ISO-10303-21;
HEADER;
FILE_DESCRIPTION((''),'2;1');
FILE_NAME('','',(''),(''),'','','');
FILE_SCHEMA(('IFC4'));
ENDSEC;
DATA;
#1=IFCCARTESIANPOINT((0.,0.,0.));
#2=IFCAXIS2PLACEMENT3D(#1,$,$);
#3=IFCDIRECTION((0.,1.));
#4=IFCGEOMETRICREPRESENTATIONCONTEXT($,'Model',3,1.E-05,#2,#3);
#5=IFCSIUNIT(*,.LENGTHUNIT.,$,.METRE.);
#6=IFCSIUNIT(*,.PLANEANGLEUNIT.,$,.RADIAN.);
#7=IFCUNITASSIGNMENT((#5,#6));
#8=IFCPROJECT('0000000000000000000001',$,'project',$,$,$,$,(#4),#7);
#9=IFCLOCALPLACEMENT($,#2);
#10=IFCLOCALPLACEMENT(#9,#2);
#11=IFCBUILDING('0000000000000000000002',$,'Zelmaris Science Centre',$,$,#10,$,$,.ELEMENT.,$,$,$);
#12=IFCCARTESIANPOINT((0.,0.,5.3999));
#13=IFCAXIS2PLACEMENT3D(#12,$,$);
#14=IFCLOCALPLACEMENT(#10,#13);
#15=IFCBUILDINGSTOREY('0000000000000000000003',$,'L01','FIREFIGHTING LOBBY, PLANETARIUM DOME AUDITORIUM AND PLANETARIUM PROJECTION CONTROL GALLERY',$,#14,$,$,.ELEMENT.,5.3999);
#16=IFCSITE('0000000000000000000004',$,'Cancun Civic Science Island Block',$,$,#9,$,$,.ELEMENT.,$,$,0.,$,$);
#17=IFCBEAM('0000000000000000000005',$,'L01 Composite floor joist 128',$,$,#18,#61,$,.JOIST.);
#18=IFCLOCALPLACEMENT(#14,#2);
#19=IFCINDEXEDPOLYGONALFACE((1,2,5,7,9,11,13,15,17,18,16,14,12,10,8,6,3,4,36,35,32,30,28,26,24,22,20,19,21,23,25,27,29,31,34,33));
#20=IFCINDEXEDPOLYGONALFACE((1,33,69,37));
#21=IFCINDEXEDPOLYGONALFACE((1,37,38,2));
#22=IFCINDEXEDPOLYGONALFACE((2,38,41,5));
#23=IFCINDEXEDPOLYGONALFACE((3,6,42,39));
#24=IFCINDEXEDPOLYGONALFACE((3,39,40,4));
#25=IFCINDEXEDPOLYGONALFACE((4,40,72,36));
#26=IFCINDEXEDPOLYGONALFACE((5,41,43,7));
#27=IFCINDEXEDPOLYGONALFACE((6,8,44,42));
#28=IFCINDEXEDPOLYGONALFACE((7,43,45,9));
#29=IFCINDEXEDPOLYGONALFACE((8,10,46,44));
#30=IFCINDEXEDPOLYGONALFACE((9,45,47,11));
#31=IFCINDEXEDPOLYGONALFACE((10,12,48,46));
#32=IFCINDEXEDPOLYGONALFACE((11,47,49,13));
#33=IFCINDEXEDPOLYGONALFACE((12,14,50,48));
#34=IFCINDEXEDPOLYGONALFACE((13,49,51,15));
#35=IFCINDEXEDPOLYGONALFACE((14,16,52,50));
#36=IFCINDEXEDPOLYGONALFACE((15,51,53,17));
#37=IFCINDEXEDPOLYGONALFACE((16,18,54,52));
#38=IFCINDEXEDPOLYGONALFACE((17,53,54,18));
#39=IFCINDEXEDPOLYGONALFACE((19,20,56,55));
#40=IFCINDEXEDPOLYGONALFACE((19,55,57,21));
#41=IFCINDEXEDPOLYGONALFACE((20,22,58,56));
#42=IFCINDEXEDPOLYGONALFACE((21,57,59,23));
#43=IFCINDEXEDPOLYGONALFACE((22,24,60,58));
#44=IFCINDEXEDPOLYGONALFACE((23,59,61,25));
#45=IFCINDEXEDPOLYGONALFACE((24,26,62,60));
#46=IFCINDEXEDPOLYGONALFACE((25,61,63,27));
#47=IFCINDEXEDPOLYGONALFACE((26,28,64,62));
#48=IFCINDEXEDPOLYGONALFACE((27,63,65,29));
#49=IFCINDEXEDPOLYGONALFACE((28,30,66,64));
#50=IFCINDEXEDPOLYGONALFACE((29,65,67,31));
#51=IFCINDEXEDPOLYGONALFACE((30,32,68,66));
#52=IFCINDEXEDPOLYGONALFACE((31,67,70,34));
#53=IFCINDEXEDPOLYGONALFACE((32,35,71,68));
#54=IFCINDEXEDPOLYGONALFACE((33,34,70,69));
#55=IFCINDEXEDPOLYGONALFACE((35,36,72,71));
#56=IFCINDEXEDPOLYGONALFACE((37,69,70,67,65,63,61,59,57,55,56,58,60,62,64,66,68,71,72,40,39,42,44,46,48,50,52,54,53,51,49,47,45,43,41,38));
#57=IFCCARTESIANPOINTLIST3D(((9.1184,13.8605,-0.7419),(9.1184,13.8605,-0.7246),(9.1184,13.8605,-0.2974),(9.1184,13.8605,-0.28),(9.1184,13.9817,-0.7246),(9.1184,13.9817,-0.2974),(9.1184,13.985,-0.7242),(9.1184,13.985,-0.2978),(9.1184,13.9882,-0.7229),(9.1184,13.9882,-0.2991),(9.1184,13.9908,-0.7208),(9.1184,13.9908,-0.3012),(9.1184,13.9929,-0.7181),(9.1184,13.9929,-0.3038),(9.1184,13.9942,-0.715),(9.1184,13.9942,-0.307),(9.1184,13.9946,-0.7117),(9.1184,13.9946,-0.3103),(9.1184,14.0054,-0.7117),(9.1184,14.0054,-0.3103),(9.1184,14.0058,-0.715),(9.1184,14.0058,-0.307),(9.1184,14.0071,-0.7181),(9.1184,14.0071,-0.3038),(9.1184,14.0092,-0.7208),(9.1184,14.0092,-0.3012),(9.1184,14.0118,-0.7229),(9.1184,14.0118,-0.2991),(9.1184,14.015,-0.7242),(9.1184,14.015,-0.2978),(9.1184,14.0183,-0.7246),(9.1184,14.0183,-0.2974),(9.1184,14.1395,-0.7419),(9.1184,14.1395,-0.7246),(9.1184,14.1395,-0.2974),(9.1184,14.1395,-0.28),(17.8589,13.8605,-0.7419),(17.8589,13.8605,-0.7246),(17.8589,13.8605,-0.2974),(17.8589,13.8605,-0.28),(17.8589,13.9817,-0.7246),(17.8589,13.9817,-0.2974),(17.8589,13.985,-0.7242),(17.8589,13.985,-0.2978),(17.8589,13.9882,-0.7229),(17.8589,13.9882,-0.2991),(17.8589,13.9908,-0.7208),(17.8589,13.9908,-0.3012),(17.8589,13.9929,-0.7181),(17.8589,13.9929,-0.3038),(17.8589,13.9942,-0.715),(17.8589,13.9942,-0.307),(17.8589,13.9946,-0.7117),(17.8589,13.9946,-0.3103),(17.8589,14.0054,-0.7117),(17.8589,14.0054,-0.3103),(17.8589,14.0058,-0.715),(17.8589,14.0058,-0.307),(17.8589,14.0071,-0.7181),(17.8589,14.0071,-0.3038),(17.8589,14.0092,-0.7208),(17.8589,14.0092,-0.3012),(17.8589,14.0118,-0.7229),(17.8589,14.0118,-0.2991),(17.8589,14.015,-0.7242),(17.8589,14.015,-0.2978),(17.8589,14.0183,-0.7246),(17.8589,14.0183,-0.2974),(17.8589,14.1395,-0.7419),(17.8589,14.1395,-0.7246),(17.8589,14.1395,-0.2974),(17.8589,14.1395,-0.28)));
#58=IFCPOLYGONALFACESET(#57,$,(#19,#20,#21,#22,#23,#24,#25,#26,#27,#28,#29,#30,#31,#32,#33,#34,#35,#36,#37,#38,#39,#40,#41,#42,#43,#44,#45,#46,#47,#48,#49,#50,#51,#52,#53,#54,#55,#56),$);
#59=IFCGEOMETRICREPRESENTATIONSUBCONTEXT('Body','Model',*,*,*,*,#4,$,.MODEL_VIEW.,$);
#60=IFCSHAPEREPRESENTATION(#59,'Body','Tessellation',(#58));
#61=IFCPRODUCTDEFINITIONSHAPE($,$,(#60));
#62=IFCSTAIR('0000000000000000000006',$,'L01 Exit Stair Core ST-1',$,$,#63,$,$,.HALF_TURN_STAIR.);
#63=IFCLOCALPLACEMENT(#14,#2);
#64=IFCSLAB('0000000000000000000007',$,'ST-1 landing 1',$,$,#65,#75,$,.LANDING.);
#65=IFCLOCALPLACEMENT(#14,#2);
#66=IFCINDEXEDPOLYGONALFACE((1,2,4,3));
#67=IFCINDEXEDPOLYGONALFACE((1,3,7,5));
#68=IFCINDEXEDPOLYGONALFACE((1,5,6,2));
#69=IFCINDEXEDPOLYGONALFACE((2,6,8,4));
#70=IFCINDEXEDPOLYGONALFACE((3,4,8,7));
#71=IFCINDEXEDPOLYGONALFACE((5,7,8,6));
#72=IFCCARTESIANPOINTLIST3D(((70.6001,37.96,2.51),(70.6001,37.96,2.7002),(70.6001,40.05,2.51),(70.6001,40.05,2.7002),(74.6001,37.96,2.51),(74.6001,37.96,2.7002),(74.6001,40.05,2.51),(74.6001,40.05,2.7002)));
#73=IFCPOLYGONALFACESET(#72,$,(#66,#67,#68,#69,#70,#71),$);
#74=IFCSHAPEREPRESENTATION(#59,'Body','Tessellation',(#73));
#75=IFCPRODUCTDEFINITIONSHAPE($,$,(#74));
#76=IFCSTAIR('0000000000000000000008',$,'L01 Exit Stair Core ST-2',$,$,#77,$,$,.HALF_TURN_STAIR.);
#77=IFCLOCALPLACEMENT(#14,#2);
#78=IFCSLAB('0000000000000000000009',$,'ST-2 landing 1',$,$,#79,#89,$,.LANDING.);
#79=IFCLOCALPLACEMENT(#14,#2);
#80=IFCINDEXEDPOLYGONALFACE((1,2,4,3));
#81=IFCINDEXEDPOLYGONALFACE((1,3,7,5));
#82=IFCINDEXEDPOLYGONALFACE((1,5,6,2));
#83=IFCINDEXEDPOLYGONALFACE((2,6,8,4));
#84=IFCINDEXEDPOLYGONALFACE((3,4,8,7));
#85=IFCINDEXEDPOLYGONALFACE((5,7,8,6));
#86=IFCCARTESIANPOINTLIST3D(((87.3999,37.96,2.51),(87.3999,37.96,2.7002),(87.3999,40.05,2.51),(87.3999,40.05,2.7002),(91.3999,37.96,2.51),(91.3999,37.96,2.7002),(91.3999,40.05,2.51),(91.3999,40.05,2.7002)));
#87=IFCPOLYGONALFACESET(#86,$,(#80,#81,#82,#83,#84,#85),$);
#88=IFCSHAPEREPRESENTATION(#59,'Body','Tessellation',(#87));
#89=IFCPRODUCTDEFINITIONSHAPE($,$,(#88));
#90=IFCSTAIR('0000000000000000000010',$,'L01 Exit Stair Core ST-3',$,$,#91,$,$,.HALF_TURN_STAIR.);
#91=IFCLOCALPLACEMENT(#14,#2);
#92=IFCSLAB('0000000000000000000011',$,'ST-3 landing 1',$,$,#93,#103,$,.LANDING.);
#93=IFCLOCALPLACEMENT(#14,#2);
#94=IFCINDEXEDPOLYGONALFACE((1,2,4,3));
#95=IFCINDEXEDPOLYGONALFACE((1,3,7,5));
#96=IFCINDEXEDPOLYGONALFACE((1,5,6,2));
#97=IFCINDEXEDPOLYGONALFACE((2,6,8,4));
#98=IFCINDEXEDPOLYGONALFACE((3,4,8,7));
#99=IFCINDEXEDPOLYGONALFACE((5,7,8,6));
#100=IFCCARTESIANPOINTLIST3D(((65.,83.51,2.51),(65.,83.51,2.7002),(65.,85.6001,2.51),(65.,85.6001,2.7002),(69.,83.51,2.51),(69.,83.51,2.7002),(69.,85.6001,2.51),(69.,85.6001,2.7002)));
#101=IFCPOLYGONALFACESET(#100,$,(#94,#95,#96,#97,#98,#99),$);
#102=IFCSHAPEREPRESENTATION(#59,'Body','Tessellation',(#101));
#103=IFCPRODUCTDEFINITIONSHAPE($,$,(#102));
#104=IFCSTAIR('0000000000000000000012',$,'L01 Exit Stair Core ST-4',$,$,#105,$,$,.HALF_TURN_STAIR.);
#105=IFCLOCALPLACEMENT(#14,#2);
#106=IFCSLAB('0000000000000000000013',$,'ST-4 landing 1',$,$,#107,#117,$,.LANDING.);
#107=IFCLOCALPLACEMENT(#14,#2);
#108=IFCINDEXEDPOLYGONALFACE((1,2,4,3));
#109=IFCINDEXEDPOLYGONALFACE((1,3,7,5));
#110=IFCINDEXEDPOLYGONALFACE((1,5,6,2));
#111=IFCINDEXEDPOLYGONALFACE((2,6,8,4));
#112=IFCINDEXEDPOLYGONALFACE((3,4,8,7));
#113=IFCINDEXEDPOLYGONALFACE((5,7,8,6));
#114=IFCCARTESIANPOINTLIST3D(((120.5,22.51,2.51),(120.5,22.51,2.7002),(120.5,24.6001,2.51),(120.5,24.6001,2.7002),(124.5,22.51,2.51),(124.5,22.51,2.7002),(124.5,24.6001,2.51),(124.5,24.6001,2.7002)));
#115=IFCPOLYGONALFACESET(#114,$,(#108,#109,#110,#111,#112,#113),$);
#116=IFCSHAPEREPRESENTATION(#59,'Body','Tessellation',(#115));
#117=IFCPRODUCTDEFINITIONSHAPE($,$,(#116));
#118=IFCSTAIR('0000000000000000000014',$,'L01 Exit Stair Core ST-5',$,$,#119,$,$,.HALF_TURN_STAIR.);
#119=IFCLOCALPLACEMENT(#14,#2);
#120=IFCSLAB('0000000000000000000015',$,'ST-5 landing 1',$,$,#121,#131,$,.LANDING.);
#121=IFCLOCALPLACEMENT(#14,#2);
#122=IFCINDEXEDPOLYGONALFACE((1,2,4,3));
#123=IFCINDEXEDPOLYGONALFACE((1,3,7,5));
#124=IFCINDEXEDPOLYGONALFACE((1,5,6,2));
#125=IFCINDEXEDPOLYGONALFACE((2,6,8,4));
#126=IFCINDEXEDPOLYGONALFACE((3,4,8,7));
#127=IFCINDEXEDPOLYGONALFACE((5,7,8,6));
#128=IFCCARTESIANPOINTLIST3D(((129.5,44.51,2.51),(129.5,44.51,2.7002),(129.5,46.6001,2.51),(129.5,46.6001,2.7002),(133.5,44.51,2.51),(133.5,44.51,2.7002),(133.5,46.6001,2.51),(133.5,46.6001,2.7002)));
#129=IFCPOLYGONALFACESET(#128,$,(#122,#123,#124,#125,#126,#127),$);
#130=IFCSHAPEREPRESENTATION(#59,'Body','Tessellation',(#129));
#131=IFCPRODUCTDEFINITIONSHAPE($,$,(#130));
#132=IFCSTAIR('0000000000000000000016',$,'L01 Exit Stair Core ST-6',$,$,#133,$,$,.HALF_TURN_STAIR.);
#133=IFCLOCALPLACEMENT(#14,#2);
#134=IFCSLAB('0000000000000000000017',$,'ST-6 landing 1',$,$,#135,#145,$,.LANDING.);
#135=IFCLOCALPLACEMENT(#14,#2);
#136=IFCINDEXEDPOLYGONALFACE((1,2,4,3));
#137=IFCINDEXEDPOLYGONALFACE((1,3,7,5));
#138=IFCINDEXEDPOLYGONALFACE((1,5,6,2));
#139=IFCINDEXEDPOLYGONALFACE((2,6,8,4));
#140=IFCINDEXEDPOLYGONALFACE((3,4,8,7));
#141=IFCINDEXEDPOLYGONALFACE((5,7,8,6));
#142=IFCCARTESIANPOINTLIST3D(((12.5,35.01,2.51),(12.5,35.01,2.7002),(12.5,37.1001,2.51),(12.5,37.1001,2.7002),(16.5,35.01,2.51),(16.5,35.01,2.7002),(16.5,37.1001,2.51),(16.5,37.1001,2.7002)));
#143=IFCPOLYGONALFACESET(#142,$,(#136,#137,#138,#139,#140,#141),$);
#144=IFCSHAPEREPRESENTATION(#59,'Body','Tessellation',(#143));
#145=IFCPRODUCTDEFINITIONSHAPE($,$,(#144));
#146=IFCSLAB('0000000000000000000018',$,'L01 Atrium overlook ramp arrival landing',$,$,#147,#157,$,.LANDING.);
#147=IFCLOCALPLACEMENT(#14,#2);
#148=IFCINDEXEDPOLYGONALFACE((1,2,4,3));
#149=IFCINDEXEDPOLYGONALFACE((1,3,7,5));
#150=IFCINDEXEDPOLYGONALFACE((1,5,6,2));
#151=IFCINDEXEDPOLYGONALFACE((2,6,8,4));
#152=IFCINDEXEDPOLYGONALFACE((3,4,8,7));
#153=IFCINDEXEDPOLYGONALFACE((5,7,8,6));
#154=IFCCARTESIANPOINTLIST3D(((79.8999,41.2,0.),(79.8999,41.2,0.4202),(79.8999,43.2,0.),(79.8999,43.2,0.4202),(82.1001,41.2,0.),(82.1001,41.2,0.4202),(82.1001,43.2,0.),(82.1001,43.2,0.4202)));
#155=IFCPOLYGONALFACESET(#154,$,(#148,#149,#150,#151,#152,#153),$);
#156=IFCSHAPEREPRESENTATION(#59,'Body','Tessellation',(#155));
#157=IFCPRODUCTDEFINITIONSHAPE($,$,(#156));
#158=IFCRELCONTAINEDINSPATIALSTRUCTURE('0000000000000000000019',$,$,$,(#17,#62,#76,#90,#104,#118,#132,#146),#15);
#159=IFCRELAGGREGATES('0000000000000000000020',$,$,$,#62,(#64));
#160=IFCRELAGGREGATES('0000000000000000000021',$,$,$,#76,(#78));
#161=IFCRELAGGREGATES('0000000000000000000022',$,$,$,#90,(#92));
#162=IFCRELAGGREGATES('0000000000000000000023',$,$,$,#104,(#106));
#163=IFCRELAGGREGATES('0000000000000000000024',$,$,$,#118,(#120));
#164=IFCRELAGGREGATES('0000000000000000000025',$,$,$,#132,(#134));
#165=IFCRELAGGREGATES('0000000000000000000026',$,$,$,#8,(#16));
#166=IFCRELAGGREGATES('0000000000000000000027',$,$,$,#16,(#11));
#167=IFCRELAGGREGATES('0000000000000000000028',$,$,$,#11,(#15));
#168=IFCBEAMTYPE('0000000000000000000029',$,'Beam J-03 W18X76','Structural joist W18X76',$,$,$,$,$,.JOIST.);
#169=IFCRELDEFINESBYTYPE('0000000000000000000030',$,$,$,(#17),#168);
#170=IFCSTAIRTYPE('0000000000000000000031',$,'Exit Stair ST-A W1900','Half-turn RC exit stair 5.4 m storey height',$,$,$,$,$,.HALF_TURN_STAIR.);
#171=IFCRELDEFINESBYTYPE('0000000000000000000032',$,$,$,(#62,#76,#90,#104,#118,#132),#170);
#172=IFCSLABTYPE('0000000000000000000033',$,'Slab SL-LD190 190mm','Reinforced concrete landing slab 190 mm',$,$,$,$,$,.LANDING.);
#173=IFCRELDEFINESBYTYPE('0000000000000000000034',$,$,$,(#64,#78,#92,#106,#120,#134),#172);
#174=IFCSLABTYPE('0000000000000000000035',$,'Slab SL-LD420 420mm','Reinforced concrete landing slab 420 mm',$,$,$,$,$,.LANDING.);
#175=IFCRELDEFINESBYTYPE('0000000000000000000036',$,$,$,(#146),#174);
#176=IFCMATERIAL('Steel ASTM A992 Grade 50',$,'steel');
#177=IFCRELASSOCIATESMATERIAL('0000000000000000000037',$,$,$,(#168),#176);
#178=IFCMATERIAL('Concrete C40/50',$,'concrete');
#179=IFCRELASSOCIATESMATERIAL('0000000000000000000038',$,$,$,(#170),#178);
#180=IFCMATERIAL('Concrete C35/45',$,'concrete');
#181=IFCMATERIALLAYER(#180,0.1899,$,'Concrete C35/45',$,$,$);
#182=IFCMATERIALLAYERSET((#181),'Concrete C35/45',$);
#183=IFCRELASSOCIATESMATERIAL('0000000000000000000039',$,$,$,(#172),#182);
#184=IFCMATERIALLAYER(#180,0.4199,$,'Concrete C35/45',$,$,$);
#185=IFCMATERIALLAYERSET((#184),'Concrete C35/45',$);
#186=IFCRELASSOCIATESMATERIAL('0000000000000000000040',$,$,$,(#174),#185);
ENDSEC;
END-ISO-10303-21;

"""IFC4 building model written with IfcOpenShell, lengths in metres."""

from ifc_helpers import new_model, si_unit, direction, frame, origin, origin_2d, place, context, subcontext, project, spatial, polyline, i_section, outline, extrude, material, layer, layer_set, material_profile, profile_set, type_object, element, aggregate, save


model = new_model("IFC4")

# Units and contexts
model_context = context("Model", 3, precision=1e-05, world=origin(), true_north=direction((0.0, 1.0)))
body_context = subcontext(model_context, "Body", "Model", "MODEL_VIEW")
ifc_project = project(units=[si_unit("LENGTHUNIT", "METRE"), si_unit("PLANEANGLEUNIT", "RADIAN")], contexts=[model_context])

# Site, building, storey
site_placement = place(None, origin())
site = spatial("IfcSite", under=ifc_project, at=site_placement, Name="Cancun Civic Science Island Block", CompositionType="ELEMENT", RefElevation=0.0)
building_placement = place(site_placement, origin())
building = spatial("IfcBuilding", under=site, at=building_placement, Name="Zelmaris Science Centre", CompositionType="ELEMENT")
storey_placement = place(building_placement, frame((0.0, 0.0, 5.3999)))
storey = spatial("IfcBuildingStorey", under=building, at=storey_placement, Name="L01", Description="FIREFIGHTING LOBBY, PLANETARIUM DOME AUDITORIUM AND PLANETARIUM PROJECTION CONTROL GALLERY", CompositionType="ELEMENT", Elevation=5.3999)

# Shared definitions
ifc_material_1 = material(Name="Steel ASTM A992 Grade 50", Category="steel")

# Beam
ifc_material_profile_1 = material_profile(ifc_material_1, i_section(OverallWidth=0.2791, OverallDepth=0.4619, WebThickness=0.0107, FlangeThickness=0.0173, FilletRadius=0.0129, at=origin_2d()), Name="W18X76")
ifc_profile_set_1 = profile_set([ifc_material_profile_1], Name="Steel ASTM A992 Grade 50")
beam_type_1 = type_object("IfcBeamType", Name="Beam J-03 W18X76", Description="Structural joist W18X76", PredefinedType="JOIST", material=ifc_profile_set_1)
beam_1_placement = place(storey_placement, frame((9.1184, 14.0, -0.511), z_axis=(1.0, 0.0, 0.0), x_axis=(0.0, 1.0, 0.0)))
element("IfcBeam", 1, at=beam_1_placement, inside=storey, type_object=beam_type_1, Name="L01 Composite floor joist 128", PredefinedType="JOIST", context=body_context, shape_type="SweptSolid", body=[
    extrude(i_section(OverallWidth=0.2791, OverallDepth=0.4619, WebThickness=0.0107, FlangeThickness=0.0173, FilletRadius=0.0129, at=origin_2d()), origin(), (0.0, 0.0, 1.0), 8.7405),
])

# Stairs, slabs
ifc_material_2 = material(Name="Concrete C40/50", Category="concrete")
stair_type = type_object("IfcStairType", Name="Exit Stair ST-A W1900", Description="Half-turn RC exit stair 5.4 m storey height", PredefinedType="HALF_TURN_STAIR", material=ifc_material_2)
stair_1_placement = place(storey_placement, origin())
stair_1 = element("IfcStair", 2, at=stair_1_placement, inside=storey, type_object=stair_type, Name="L01 Exit Stair Core ST-1", PredefinedType="HALF_TURN_STAIR")
ifc_material_3 = material(Name="Concrete C35/45", Category="concrete")
ifc_layer_1 = layer(ifc_material_3, 0.1899, Name="Concrete C35/45")
ifc_layer_set_1 = layer_set([ifc_layer_1], Name="Concrete C35/45")
slab_type_1 = type_object("IfcSlabType", Name="Slab SL-LD190 190mm", Description="Reinforced concrete landing slab 190 mm", PredefinedType="LANDING", material=ifc_layer_set_1)
slab_1_placement = place(storey_placement, frame((0.0, 0.0, 2.51)))
slab_1 = element("IfcSlab", 3, at=slab_1_placement, type_object=slab_type_1, Name="ST-1 landing 1", PredefinedType="LANDING", context=body_context, shape_type="SweptSolid", body=[
    extrude(outline(polyline([(74.6001, 37.96), (74.6001, 40.05), (70.6001, 40.05), (70.6001, 37.96), (74.6001, 37.96)])), origin(), (0.0, 0.0, 1.0), 0.1902),
])
aggregate(stair_1, [slab_1])
stair_2_placement = place(storey_placement, origin())
stair_2 = element("IfcStair", 4, at=stair_2_placement, inside=storey, type_object=stair_type, Name="L01 Exit Stair Core ST-2", PredefinedType="HALF_TURN_STAIR")
slab_2_placement = place(storey_placement, frame((0.0, 0.0, 2.51)))
slab_2 = element("IfcSlab", 5, at=slab_2_placement, type_object=slab_type_1, Name="ST-2 landing 1", PredefinedType="LANDING", context=body_context, shape_type="SweptSolid", body=[
    extrude(outline(polyline([(91.3999, 37.96), (91.3999, 40.05), (87.3999, 40.05), (87.3999, 37.96), (91.3999, 37.96)])), origin(), (0.0, 0.0, 1.0), 0.1902),
])
aggregate(stair_2, [slab_2])
stair_3_placement = place(storey_placement, origin())
stair_3 = element("IfcStair", 6, at=stair_3_placement, inside=storey, type_object=stair_type, Name="L01 Exit Stair Core ST-3", PredefinedType="HALF_TURN_STAIR")
slab_3_placement = place(storey_placement, frame((0.0, 0.0, 2.51)))
slab_3 = element("IfcSlab", 7, at=slab_3_placement, type_object=slab_type_1, Name="ST-3 landing 1", PredefinedType="LANDING", context=body_context, shape_type="SweptSolid", body=[
    extrude(outline(polyline([(69.0, 83.51), (69.0, 85.6001), (65.0, 85.6001), (65.0, 83.51), (69.0, 83.51)])), origin(), (0.0, 0.0, 1.0), 0.1902),
])
aggregate(stair_3, [slab_3])
stair_4_placement = place(storey_placement, origin())
stair_4 = element("IfcStair", 8, at=stair_4_placement, inside=storey, type_object=stair_type, Name="L01 Exit Stair Core ST-4", PredefinedType="HALF_TURN_STAIR")
slab_4_placement = place(storey_placement, frame((0.0, 0.0, 2.51)))
slab_4 = element("IfcSlab", 9, at=slab_4_placement, type_object=slab_type_1, Name="ST-4 landing 1", PredefinedType="LANDING", context=body_context, shape_type="SweptSolid", body=[
    extrude(outline(polyline([(124.5, 22.51), (124.5, 24.6001), (120.5, 24.6001), (120.5, 22.51), (124.5, 22.51)])), origin(), (0.0, 0.0, 1.0), 0.1902),
])
aggregate(stair_4, [slab_4])
stair_5_placement = place(storey_placement, origin())
stair_5 = element("IfcStair", 10, at=stair_5_placement, inside=storey, type_object=stair_type, Name="L01 Exit Stair Core ST-5", PredefinedType="HALF_TURN_STAIR")
slab_5_placement = place(storey_placement, frame((0.0, 0.0, 2.51)))
slab_5 = element("IfcSlab", 11, at=slab_5_placement, type_object=slab_type_1, Name="ST-5 landing 1", PredefinedType="LANDING", context=body_context, shape_type="SweptSolid", body=[
    extrude(outline(polyline([(133.5, 44.51), (133.5, 46.6001), (129.5, 46.6001), (129.5, 44.51), (133.5, 44.51)])), origin(), (0.0, 0.0, 1.0), 0.1902),
])
aggregate(stair_5, [slab_5])
stair_6_placement = place(storey_placement, origin())
stair_6 = element("IfcStair", 12, at=stair_6_placement, inside=storey, type_object=stair_type, Name="L01 Exit Stair Core ST-6", PredefinedType="HALF_TURN_STAIR")
slab_6_placement = place(storey_placement, frame((0.0, 0.0, 2.51)))
slab_6 = element("IfcSlab", 13, at=slab_6_placement, type_object=slab_type_1, Name="ST-6 landing 1", PredefinedType="LANDING", context=body_context, shape_type="SweptSolid", body=[
    extrude(outline(polyline([(16.5, 35.01), (16.5, 37.1001), (12.5, 37.1001), (12.5, 35.01), (16.5, 35.01)])), origin(), (0.0, 0.0, 1.0), 0.1902),
])
aggregate(stair_6, [slab_6])

# Slab
ifc_layer_2 = layer(ifc_material_3, 0.4199, Name="Concrete C35/45")
ifc_layer_set_2 = layer_set([ifc_layer_2], Name="Concrete C35/45")
slab_type_2 = type_object("IfcSlabType", Name="Slab SL-LD420 420mm", Description="Reinforced concrete landing slab 420 mm", PredefinedType="LANDING", material=ifc_layer_set_2)
slab_7_placement = place(storey_placement, origin())
element("IfcSlab", 14, at=slab_7_placement, inside=storey, type_object=slab_type_2, Name="L01 Atrium overlook ramp arrival landing", PredefinedType="LANDING", context=body_context, shape_type="SweptSolid", body=[
    extrude(outline(polyline([(79.8999, 41.2), (82.1001, 41.2), (82.1001, 43.2), (79.8999, 43.2), (79.8999, 41.2)])), origin(), (0.0, 0.0, 1.0), 0.4202),
])

save(model, "model.ifc")
